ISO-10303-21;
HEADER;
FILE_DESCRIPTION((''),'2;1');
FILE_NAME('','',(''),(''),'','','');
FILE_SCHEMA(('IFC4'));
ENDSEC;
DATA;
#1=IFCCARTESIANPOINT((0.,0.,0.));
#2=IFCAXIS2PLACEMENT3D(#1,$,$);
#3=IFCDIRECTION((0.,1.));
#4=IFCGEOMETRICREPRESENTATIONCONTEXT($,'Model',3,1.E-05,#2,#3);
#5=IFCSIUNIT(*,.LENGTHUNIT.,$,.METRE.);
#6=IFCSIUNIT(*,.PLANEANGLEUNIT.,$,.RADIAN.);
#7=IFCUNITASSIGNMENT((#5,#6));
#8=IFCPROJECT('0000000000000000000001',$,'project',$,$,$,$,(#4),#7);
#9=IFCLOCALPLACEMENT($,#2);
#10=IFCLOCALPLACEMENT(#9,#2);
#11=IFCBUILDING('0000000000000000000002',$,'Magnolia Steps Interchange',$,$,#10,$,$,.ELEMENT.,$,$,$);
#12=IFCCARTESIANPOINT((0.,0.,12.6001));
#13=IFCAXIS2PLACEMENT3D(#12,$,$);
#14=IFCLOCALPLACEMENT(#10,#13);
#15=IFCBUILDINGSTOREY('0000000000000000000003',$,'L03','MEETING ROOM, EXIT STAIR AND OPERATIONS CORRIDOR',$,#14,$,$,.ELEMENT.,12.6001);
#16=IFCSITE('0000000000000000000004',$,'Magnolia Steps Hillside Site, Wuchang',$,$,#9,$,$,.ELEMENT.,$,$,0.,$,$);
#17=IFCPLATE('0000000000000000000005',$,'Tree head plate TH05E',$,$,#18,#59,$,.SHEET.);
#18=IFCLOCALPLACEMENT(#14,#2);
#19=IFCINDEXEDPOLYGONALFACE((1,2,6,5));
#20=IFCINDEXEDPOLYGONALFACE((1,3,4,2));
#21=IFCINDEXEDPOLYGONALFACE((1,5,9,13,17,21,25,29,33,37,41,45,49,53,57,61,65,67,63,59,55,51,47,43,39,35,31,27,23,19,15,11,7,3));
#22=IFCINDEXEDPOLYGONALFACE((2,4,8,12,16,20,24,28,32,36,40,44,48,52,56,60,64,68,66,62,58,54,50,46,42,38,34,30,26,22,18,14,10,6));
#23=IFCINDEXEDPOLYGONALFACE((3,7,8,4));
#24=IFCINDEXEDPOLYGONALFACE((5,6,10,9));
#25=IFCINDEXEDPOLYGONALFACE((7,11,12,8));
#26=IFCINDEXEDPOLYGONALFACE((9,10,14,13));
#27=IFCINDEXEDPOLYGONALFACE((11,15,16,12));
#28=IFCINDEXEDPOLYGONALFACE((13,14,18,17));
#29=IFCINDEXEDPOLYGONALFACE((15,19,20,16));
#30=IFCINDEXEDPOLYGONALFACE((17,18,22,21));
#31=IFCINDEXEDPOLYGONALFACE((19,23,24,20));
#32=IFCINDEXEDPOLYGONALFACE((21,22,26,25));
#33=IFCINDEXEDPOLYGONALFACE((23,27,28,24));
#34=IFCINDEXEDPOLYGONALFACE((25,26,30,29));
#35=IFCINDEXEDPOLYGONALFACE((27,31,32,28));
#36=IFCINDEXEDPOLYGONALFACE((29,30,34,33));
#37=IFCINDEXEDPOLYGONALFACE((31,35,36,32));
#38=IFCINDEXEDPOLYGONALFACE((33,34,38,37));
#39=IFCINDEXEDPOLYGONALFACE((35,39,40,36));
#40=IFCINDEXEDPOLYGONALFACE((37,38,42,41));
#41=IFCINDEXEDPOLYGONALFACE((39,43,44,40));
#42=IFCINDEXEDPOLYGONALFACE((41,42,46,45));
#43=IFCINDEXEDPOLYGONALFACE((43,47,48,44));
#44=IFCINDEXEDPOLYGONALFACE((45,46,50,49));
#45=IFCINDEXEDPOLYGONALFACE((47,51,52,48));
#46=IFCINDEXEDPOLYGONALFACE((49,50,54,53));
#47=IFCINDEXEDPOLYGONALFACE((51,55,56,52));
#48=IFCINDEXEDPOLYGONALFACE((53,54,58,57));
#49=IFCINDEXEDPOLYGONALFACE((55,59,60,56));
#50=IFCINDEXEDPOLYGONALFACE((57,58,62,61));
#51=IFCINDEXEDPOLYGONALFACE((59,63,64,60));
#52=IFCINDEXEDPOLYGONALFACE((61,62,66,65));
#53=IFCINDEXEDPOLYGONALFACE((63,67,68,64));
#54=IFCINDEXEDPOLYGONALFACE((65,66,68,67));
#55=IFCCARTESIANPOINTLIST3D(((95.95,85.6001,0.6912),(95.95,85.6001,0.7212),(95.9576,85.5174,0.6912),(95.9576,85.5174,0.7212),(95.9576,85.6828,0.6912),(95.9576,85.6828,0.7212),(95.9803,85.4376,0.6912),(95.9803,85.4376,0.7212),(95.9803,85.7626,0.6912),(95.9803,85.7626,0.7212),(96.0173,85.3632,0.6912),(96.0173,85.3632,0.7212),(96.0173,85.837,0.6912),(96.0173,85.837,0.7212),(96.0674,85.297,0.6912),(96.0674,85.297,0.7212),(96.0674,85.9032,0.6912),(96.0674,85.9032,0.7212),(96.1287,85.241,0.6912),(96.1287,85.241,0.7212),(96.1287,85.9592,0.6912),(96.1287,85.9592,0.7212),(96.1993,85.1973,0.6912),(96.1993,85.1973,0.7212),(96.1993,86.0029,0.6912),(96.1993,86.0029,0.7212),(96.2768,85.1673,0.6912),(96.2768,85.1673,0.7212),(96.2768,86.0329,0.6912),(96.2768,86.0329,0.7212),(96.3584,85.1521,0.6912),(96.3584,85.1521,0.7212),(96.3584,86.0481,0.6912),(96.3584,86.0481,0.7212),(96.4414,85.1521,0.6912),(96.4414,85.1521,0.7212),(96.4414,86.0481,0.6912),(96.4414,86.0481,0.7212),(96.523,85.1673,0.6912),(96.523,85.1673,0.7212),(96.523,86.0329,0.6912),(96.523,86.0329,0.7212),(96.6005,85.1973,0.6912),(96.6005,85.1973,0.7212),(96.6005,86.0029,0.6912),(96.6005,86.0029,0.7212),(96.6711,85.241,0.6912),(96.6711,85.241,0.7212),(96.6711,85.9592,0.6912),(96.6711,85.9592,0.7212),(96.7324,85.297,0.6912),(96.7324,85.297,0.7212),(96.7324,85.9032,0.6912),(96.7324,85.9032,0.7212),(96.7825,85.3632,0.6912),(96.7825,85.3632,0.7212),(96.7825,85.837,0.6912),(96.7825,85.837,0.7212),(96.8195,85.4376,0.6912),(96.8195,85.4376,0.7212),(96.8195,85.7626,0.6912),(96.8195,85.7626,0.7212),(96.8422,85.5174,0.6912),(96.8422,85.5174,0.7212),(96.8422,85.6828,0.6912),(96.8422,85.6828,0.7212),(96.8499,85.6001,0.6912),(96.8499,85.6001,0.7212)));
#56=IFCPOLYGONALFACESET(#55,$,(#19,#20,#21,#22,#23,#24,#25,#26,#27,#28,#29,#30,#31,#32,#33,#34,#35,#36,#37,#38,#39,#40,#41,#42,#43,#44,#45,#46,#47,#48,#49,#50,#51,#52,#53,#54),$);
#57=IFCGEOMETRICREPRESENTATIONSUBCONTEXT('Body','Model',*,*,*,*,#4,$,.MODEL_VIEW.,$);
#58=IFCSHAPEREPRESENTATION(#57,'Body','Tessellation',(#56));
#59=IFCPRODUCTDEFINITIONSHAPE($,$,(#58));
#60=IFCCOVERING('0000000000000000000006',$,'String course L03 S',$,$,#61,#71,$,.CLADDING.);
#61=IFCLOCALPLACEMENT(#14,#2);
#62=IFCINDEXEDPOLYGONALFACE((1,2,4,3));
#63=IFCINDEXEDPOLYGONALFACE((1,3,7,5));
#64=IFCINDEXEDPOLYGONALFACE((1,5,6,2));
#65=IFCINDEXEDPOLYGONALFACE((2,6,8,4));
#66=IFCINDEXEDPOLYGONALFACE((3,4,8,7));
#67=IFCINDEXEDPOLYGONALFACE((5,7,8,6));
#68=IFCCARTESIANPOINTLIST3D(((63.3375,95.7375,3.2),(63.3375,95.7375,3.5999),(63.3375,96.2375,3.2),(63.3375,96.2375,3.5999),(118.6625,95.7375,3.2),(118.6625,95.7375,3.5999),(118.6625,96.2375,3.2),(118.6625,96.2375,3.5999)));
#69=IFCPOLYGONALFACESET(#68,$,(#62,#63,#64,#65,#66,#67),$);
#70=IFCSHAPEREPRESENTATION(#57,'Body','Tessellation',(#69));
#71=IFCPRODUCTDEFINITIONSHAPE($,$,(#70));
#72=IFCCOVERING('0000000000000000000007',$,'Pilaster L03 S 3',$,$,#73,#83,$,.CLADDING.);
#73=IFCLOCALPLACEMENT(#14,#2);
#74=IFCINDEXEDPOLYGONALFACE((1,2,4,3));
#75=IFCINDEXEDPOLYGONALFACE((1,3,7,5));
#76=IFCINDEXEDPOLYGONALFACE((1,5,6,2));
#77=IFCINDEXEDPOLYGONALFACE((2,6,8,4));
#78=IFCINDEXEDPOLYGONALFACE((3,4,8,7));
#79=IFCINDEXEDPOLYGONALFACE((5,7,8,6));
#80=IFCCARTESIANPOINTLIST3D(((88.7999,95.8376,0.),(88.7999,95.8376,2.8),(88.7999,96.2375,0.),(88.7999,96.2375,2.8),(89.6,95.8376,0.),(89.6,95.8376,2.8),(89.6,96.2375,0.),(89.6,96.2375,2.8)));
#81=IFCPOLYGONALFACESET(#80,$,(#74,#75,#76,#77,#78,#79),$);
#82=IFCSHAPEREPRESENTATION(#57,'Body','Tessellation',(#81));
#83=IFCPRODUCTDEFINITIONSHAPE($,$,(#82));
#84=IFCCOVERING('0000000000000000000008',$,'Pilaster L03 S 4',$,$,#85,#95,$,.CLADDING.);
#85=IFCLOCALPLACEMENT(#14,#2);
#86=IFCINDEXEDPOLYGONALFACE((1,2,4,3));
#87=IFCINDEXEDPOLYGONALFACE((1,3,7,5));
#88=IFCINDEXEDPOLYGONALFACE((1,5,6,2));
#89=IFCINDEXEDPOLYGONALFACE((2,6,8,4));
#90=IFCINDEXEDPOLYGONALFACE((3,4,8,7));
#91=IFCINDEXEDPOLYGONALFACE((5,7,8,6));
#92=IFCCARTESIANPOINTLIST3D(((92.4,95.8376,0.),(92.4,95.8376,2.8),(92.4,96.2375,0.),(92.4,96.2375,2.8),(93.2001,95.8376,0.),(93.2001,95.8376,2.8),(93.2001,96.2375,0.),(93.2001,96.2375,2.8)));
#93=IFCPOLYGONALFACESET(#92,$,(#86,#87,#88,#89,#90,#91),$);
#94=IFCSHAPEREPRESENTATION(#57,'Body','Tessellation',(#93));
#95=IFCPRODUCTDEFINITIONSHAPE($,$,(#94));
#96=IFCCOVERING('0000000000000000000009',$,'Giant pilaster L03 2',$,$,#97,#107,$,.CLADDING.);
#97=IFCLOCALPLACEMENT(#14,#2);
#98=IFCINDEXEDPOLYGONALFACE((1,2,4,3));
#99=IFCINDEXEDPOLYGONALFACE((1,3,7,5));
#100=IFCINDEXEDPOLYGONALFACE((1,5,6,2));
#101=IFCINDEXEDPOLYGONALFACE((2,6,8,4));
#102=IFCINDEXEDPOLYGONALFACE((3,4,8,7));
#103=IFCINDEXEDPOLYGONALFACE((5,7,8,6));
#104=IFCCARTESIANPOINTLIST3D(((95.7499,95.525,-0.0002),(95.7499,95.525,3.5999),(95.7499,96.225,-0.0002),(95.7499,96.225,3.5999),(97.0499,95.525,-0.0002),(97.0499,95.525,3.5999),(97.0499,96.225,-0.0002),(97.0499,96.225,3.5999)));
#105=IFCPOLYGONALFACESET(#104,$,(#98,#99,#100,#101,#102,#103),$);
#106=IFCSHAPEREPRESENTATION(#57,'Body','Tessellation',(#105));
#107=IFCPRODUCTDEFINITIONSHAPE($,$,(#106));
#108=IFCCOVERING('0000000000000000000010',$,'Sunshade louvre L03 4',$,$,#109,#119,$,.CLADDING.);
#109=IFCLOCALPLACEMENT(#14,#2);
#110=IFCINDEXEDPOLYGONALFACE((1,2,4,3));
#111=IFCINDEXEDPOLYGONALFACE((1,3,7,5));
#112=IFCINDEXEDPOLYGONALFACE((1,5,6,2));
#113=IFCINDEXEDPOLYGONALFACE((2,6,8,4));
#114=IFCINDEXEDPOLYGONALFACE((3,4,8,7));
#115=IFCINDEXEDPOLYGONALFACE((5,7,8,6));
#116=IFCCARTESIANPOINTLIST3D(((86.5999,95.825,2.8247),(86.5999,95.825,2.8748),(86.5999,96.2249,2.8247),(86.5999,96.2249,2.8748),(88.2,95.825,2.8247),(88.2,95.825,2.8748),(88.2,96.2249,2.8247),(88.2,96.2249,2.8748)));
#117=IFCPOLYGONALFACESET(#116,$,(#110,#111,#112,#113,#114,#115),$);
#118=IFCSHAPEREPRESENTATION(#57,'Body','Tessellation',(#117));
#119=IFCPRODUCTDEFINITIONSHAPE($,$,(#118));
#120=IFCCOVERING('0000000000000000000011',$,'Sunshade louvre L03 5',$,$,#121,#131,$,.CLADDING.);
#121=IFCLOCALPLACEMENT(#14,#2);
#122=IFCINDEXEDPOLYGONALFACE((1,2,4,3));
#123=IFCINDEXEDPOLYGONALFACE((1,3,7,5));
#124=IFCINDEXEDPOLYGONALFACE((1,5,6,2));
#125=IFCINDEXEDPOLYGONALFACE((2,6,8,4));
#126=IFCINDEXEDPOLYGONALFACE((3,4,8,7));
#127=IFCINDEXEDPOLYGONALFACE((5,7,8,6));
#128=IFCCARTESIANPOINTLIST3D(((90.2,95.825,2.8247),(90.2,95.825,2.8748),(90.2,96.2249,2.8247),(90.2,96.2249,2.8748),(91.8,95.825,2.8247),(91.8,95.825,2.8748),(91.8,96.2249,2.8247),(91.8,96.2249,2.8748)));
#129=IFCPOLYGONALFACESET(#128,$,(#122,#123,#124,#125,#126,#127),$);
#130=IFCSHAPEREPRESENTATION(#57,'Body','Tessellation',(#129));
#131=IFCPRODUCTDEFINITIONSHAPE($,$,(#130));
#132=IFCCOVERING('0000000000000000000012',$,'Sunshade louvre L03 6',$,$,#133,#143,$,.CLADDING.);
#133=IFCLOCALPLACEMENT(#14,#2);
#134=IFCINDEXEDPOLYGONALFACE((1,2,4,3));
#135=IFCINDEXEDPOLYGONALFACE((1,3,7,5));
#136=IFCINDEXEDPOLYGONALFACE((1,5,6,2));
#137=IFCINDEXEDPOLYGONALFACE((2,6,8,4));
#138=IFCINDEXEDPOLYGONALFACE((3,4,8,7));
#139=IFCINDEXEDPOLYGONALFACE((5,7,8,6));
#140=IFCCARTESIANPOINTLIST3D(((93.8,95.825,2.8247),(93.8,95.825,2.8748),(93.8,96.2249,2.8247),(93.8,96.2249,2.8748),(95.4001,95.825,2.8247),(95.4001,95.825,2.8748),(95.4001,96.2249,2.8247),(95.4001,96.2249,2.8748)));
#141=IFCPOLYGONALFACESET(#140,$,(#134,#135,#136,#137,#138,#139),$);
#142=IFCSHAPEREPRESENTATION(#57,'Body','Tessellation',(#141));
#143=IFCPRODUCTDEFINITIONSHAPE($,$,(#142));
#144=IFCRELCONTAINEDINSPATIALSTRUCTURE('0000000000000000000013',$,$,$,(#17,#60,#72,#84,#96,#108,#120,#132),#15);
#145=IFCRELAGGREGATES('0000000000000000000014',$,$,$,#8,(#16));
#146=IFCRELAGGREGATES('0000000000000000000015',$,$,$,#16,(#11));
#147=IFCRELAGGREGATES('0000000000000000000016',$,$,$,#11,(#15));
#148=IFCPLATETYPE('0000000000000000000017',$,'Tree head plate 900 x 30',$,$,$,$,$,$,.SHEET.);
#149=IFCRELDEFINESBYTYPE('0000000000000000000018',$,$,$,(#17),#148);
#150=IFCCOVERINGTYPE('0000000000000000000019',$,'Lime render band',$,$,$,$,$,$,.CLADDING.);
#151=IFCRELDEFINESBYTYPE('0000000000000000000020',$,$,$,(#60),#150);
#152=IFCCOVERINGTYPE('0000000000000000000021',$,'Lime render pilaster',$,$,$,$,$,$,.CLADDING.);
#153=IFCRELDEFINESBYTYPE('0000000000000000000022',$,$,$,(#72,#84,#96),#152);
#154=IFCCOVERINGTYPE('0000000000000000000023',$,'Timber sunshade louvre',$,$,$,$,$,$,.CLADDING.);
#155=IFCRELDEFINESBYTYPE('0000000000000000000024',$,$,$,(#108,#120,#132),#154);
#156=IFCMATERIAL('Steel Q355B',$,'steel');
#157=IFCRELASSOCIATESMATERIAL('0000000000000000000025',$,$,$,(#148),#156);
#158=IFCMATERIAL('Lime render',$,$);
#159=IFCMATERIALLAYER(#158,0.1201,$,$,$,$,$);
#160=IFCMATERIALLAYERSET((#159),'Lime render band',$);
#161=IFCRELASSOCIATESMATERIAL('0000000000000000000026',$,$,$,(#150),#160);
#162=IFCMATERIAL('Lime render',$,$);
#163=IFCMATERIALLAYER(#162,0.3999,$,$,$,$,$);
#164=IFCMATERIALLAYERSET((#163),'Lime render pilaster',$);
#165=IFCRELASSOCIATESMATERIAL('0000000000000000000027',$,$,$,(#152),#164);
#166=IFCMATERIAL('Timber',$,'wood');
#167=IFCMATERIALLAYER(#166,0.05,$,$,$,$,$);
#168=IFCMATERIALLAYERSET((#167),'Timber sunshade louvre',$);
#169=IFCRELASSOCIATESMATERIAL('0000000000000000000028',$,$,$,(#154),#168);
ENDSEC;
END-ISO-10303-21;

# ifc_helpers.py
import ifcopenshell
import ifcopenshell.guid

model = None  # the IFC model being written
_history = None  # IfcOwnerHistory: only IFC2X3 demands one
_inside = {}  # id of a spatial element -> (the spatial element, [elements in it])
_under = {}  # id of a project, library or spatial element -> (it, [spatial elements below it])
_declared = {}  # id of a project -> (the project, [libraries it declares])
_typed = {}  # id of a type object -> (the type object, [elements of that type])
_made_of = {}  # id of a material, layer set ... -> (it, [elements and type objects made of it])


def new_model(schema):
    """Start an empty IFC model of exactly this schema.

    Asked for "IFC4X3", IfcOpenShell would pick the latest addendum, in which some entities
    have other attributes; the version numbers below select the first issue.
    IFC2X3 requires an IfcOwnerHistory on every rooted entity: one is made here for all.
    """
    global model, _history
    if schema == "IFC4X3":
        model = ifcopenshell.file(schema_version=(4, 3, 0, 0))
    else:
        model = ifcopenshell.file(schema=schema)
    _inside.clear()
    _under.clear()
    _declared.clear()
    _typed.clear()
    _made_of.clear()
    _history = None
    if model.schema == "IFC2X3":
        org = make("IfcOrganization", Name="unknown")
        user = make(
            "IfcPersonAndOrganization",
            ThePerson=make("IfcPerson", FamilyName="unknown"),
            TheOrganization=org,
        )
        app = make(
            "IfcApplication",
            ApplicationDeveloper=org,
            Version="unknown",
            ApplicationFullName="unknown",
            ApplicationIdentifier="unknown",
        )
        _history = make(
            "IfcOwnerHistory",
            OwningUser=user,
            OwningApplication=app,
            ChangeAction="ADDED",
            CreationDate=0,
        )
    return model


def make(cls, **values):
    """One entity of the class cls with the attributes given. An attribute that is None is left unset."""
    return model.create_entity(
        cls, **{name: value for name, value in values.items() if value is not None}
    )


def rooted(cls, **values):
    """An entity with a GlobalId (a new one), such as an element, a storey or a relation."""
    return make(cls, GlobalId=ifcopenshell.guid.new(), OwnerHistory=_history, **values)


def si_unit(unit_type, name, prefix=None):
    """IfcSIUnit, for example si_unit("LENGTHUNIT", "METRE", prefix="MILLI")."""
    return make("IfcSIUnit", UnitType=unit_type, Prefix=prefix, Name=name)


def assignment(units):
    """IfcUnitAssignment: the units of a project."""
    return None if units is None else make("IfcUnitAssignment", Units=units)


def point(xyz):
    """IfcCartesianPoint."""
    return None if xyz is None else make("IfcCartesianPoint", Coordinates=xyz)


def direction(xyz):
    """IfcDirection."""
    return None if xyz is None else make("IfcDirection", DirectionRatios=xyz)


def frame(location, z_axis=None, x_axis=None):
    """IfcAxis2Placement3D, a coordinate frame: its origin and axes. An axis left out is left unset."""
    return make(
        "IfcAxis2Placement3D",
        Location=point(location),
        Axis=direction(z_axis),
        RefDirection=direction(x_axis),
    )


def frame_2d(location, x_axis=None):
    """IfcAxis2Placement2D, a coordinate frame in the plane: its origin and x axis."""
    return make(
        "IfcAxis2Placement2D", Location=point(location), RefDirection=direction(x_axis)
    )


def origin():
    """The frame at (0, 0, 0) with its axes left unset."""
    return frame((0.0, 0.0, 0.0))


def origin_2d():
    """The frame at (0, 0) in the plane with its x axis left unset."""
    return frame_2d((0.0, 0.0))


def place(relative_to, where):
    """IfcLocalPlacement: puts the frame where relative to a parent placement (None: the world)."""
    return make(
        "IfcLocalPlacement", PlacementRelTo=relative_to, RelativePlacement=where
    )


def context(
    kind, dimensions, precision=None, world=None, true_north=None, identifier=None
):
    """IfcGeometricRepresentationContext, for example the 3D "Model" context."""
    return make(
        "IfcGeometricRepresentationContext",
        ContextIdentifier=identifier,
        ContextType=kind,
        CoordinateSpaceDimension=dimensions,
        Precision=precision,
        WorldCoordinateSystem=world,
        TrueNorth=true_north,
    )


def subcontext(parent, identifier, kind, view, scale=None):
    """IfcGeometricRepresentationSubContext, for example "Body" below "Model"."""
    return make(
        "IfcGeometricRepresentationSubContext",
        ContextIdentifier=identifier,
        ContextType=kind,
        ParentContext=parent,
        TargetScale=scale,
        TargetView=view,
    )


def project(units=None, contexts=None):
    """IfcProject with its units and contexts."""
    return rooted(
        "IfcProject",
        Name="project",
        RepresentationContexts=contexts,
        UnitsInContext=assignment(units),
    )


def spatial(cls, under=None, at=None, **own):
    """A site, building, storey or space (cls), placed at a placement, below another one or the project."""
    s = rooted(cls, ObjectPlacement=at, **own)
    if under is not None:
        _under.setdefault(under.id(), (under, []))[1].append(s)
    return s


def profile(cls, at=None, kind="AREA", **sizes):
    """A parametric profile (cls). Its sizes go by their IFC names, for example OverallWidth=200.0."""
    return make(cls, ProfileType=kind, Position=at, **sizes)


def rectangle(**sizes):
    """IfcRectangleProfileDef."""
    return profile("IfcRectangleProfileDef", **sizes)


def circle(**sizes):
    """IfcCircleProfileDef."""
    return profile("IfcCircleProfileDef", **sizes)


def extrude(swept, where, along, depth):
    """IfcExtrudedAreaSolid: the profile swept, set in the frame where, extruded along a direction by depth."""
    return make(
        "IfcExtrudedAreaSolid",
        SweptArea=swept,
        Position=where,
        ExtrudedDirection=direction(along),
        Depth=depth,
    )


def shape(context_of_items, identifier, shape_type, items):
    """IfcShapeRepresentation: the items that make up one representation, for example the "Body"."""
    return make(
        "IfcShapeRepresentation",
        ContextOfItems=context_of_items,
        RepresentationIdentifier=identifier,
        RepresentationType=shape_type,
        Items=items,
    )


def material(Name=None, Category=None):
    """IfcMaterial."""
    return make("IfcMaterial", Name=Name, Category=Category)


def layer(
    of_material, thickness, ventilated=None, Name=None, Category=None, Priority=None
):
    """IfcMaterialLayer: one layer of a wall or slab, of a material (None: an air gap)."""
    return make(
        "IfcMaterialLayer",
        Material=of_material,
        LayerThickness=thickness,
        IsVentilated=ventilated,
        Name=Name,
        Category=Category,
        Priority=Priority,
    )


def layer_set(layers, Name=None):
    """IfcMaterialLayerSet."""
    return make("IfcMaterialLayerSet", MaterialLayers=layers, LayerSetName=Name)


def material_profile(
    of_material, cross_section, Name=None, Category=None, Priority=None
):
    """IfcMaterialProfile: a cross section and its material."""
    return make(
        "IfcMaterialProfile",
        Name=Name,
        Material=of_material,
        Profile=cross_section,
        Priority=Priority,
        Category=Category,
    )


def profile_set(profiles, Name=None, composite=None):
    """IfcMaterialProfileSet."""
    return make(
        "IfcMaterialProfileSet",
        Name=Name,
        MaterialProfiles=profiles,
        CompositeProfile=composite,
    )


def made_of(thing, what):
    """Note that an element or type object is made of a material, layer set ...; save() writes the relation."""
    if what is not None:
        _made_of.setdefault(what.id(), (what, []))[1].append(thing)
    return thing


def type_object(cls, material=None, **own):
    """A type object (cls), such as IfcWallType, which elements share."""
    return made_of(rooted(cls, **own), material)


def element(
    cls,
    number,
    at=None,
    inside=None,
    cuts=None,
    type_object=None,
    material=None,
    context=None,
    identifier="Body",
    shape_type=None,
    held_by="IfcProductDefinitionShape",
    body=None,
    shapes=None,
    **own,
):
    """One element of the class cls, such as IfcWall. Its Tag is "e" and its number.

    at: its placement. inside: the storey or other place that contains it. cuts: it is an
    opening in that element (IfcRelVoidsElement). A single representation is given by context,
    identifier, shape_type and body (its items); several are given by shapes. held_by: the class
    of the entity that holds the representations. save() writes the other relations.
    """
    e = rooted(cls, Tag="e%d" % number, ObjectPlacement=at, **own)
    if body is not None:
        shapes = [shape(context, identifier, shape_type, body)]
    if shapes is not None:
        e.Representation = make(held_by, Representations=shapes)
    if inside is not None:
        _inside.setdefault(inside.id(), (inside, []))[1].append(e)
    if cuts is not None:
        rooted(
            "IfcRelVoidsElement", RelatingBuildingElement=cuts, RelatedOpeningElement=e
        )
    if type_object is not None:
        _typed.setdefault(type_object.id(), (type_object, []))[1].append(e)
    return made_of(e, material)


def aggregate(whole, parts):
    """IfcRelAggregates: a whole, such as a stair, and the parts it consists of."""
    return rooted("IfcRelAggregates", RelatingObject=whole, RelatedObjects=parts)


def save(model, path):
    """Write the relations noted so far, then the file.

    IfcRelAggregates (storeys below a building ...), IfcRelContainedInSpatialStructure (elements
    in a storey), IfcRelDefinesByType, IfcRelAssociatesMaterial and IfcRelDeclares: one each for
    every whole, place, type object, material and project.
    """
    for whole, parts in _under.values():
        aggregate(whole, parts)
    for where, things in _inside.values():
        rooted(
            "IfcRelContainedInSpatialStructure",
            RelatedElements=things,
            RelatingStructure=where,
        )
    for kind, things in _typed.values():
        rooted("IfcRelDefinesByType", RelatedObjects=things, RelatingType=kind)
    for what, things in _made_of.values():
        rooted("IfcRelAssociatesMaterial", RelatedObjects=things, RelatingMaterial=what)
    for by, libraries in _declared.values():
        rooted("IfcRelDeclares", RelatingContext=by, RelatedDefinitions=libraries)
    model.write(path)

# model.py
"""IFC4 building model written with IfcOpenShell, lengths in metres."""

from ifc_helpers import new_model, si_unit, direction, frame, origin, origin_2d, place, context, subcontext, project, spatial, rectangle, circle, extrude, material, layer, layer_set, material_profile, profile_set, type_object, element, save


model = new_model("IFC4")

# Units and contexts
model_context = context("Model", 3, precision=1e-05, world=origin(), true_north=direction((0.0, 1.0)))
body_context = subcontext(model_context, "Body", "Model", "MODEL_VIEW")
ifc_project = project(units=[si_unit("LENGTHUNIT", "METRE"), si_unit("PLANEANGLEUNIT", "RADIAN")], contexts=[model_context])

# Site, building, storey
site_placement = place(None, origin())
site = spatial("IfcSite", under=ifc_project, at=site_placement, Name="Magnolia Steps Hillside Site, Wuchang", CompositionType="ELEMENT", RefElevation=0.0)
building_placement = place(site_placement, origin())
building = spatial("IfcBuilding", under=site, at=building_placement, Name="Magnolia Steps Interchange", CompositionType="ELEMENT")
storey_placement = place(building_placement, frame((0.0, 0.0, 12.6001)))
storey = spatial("IfcBuildingStorey", under=building, at=storey_placement, Name="L03", Description="MEETING ROOM, EXIT STAIR AND OPERATIONS CORRIDOR", CompositionType="ELEMENT", Elevation=12.6001)

# Plate
ifc_material_1 = material(Name="Steel Q355B", Category="steel")
ifc_material_profile_1 = material_profile(ifc_material_1, circle(Radius=0.45, at=origin_2d()), Name="Tree head plate 900 x 30")
ifc_profile_set_1 = profile_set([ifc_material_profile_1], Name="Steel Q355B")
plate_type_1 = type_object("IfcPlateType", Name="Tree head plate 900 x 30", PredefinedType="SHEET", material=ifc_profile_set_1)
plate_1_placement = place(storey_placement, frame((96.3999, 85.6001, 0.6912), z_axis=(0.0, 0.0, 1.0), x_axis=(1.0, 0.0, 0.0)))
element("IfcPlate", 1, at=plate_1_placement, inside=storey, type_object=plate_type_1, Name="Tree head plate TH05E", PredefinedType="SHEET", context=body_context, shape_type="SweptSolid", body=[
    extrude(circle(Radius=0.45, at=origin_2d()), origin(), (0.0, 0.0, 1.0), 0.03),
])

# Coverings
ifc_material_2 = material(Name="Lime render")
ifc_layer_1 = layer(ifc_material_2, 0.1201)
ifc_layer_set_1 = layer_set([ifc_layer_1], Name="Lime render band")
covering_type_1 = type_object("IfcCoveringType", Name="Lime render band", PredefinedType="CLADDING", material=ifc_layer_set_1)
covering_1_placement = place(storey_placement, frame((91.0, 95.9875, 3.2), z_axis=(0.0, 0.0, 1.0), x_axis=(1.0, 0.0, 0.0)))
element("IfcCovering", 2, at=covering_1_placement, inside=storey, type_object=covering_type_1, Name="String course L03 S", PredefinedType="CLADDING", context=body_context, shape_type="SweptSolid", body=[
    extrude(rectangle(XDim=55.325, YDim=0.5, at=origin_2d()), origin(), (0.0, 0.0, 1.0), 0.3999),
])
ifc_material_3 = material(Name="Lime render")
ifc_layer_2 = layer(ifc_material_3, 0.3999)
ifc_layer_set_2 = layer_set([ifc_layer_2], Name="Lime render pilaster")
covering_type_2 = type_object("IfcCoveringType", Name="Lime render pilaster", PredefinedType="CLADDING", material=ifc_layer_set_2)
for number, where, z_axis, x_axis, name in (
    (3, (89.2, 96.0376, 0.0), (0.0, 0.0, 1.0), (1.0, 0.0, 0.0), "Pilaster L03 S 3"),
    (4, (92.8, 96.0376, 0.0), (0.0, 0.0, 1.0), (1.0, 0.0, 0.0), "Pilaster L03 S 4"),
):
    element("IfcCovering", number, at=place(storey_placement, frame(where, z_axis=z_axis, x_axis=x_axis)), inside=storey, type_object=covering_type_2, Name=name, PredefinedType="CLADDING", context=body_context, shape_type="SweptSolid", body=[
        extrude(rectangle(XDim=0.8, YDim=0.3999, at=origin_2d()), origin(), (0.0, 0.0, 1.0), 2.8),
    ])
covering_2_placement = place(storey_placement, frame((96.3999, 95.875, -0.0002), z_axis=(0.0, 0.0, 1.0), x_axis=(1.0, 0.0, 0.0)))
element("IfcCovering", 5, at=covering_2_placement, inside=storey, type_object=covering_type_2, Name="Giant pilaster L03 2", PredefinedType="CLADDING", context=body_context, shape_type="SweptSolid", body=[
    extrude(rectangle(XDim=1.3, YDim=0.7, at=origin_2d()), origin(), (0.0, 0.0, 1.0), 3.6001),
])
ifc_material_4 = material(Name="Timber", Category="wood")
ifc_layer_3 = layer(ifc_material_4, 0.05)
ifc_layer_set_3 = layer_set([ifc_layer_3], Name="Timber sunshade louvre")
covering_type_3 = type_object("IfcCoveringType", Name="Timber sunshade louvre", PredefinedType="CLADDING", material=ifc_layer_set_3)
for number, where, z_axis, x_axis, name in (
    (6, (87.3999, 96.0249, 2.8247), (0.0, 0.0, 1.0), (1.0, 0.0, 0.0), "Sunshade louvre L03 4"),
    (7, (91.0, 96.0249, 2.8247), (0.0, 0.0, 1.0), (1.0, 0.0, 0.0), "Sunshade louvre L03 5"),
    (8, (94.6001, 96.0249, 2.8247), (0.0, 0.0, 1.0), (1.0, 0.0, 0.0), "Sunshade louvre L03 6"),
):
    element("IfcCovering", number, at=place(storey_placement, frame(where, z_axis=z_axis, x_axis=x_axis)), inside=storey, type_object=covering_type_3, Name=name, PredefinedType="CLADDING", context=body_context, shape_type="SweptSolid", body=[
        extrude(rectangle(XDim=1.6001, YDim=0.3999, at=origin_2d()), origin(), (0.0, 0.0, 1.0), 0.05),
    ])

save(model, "model.ifc")
